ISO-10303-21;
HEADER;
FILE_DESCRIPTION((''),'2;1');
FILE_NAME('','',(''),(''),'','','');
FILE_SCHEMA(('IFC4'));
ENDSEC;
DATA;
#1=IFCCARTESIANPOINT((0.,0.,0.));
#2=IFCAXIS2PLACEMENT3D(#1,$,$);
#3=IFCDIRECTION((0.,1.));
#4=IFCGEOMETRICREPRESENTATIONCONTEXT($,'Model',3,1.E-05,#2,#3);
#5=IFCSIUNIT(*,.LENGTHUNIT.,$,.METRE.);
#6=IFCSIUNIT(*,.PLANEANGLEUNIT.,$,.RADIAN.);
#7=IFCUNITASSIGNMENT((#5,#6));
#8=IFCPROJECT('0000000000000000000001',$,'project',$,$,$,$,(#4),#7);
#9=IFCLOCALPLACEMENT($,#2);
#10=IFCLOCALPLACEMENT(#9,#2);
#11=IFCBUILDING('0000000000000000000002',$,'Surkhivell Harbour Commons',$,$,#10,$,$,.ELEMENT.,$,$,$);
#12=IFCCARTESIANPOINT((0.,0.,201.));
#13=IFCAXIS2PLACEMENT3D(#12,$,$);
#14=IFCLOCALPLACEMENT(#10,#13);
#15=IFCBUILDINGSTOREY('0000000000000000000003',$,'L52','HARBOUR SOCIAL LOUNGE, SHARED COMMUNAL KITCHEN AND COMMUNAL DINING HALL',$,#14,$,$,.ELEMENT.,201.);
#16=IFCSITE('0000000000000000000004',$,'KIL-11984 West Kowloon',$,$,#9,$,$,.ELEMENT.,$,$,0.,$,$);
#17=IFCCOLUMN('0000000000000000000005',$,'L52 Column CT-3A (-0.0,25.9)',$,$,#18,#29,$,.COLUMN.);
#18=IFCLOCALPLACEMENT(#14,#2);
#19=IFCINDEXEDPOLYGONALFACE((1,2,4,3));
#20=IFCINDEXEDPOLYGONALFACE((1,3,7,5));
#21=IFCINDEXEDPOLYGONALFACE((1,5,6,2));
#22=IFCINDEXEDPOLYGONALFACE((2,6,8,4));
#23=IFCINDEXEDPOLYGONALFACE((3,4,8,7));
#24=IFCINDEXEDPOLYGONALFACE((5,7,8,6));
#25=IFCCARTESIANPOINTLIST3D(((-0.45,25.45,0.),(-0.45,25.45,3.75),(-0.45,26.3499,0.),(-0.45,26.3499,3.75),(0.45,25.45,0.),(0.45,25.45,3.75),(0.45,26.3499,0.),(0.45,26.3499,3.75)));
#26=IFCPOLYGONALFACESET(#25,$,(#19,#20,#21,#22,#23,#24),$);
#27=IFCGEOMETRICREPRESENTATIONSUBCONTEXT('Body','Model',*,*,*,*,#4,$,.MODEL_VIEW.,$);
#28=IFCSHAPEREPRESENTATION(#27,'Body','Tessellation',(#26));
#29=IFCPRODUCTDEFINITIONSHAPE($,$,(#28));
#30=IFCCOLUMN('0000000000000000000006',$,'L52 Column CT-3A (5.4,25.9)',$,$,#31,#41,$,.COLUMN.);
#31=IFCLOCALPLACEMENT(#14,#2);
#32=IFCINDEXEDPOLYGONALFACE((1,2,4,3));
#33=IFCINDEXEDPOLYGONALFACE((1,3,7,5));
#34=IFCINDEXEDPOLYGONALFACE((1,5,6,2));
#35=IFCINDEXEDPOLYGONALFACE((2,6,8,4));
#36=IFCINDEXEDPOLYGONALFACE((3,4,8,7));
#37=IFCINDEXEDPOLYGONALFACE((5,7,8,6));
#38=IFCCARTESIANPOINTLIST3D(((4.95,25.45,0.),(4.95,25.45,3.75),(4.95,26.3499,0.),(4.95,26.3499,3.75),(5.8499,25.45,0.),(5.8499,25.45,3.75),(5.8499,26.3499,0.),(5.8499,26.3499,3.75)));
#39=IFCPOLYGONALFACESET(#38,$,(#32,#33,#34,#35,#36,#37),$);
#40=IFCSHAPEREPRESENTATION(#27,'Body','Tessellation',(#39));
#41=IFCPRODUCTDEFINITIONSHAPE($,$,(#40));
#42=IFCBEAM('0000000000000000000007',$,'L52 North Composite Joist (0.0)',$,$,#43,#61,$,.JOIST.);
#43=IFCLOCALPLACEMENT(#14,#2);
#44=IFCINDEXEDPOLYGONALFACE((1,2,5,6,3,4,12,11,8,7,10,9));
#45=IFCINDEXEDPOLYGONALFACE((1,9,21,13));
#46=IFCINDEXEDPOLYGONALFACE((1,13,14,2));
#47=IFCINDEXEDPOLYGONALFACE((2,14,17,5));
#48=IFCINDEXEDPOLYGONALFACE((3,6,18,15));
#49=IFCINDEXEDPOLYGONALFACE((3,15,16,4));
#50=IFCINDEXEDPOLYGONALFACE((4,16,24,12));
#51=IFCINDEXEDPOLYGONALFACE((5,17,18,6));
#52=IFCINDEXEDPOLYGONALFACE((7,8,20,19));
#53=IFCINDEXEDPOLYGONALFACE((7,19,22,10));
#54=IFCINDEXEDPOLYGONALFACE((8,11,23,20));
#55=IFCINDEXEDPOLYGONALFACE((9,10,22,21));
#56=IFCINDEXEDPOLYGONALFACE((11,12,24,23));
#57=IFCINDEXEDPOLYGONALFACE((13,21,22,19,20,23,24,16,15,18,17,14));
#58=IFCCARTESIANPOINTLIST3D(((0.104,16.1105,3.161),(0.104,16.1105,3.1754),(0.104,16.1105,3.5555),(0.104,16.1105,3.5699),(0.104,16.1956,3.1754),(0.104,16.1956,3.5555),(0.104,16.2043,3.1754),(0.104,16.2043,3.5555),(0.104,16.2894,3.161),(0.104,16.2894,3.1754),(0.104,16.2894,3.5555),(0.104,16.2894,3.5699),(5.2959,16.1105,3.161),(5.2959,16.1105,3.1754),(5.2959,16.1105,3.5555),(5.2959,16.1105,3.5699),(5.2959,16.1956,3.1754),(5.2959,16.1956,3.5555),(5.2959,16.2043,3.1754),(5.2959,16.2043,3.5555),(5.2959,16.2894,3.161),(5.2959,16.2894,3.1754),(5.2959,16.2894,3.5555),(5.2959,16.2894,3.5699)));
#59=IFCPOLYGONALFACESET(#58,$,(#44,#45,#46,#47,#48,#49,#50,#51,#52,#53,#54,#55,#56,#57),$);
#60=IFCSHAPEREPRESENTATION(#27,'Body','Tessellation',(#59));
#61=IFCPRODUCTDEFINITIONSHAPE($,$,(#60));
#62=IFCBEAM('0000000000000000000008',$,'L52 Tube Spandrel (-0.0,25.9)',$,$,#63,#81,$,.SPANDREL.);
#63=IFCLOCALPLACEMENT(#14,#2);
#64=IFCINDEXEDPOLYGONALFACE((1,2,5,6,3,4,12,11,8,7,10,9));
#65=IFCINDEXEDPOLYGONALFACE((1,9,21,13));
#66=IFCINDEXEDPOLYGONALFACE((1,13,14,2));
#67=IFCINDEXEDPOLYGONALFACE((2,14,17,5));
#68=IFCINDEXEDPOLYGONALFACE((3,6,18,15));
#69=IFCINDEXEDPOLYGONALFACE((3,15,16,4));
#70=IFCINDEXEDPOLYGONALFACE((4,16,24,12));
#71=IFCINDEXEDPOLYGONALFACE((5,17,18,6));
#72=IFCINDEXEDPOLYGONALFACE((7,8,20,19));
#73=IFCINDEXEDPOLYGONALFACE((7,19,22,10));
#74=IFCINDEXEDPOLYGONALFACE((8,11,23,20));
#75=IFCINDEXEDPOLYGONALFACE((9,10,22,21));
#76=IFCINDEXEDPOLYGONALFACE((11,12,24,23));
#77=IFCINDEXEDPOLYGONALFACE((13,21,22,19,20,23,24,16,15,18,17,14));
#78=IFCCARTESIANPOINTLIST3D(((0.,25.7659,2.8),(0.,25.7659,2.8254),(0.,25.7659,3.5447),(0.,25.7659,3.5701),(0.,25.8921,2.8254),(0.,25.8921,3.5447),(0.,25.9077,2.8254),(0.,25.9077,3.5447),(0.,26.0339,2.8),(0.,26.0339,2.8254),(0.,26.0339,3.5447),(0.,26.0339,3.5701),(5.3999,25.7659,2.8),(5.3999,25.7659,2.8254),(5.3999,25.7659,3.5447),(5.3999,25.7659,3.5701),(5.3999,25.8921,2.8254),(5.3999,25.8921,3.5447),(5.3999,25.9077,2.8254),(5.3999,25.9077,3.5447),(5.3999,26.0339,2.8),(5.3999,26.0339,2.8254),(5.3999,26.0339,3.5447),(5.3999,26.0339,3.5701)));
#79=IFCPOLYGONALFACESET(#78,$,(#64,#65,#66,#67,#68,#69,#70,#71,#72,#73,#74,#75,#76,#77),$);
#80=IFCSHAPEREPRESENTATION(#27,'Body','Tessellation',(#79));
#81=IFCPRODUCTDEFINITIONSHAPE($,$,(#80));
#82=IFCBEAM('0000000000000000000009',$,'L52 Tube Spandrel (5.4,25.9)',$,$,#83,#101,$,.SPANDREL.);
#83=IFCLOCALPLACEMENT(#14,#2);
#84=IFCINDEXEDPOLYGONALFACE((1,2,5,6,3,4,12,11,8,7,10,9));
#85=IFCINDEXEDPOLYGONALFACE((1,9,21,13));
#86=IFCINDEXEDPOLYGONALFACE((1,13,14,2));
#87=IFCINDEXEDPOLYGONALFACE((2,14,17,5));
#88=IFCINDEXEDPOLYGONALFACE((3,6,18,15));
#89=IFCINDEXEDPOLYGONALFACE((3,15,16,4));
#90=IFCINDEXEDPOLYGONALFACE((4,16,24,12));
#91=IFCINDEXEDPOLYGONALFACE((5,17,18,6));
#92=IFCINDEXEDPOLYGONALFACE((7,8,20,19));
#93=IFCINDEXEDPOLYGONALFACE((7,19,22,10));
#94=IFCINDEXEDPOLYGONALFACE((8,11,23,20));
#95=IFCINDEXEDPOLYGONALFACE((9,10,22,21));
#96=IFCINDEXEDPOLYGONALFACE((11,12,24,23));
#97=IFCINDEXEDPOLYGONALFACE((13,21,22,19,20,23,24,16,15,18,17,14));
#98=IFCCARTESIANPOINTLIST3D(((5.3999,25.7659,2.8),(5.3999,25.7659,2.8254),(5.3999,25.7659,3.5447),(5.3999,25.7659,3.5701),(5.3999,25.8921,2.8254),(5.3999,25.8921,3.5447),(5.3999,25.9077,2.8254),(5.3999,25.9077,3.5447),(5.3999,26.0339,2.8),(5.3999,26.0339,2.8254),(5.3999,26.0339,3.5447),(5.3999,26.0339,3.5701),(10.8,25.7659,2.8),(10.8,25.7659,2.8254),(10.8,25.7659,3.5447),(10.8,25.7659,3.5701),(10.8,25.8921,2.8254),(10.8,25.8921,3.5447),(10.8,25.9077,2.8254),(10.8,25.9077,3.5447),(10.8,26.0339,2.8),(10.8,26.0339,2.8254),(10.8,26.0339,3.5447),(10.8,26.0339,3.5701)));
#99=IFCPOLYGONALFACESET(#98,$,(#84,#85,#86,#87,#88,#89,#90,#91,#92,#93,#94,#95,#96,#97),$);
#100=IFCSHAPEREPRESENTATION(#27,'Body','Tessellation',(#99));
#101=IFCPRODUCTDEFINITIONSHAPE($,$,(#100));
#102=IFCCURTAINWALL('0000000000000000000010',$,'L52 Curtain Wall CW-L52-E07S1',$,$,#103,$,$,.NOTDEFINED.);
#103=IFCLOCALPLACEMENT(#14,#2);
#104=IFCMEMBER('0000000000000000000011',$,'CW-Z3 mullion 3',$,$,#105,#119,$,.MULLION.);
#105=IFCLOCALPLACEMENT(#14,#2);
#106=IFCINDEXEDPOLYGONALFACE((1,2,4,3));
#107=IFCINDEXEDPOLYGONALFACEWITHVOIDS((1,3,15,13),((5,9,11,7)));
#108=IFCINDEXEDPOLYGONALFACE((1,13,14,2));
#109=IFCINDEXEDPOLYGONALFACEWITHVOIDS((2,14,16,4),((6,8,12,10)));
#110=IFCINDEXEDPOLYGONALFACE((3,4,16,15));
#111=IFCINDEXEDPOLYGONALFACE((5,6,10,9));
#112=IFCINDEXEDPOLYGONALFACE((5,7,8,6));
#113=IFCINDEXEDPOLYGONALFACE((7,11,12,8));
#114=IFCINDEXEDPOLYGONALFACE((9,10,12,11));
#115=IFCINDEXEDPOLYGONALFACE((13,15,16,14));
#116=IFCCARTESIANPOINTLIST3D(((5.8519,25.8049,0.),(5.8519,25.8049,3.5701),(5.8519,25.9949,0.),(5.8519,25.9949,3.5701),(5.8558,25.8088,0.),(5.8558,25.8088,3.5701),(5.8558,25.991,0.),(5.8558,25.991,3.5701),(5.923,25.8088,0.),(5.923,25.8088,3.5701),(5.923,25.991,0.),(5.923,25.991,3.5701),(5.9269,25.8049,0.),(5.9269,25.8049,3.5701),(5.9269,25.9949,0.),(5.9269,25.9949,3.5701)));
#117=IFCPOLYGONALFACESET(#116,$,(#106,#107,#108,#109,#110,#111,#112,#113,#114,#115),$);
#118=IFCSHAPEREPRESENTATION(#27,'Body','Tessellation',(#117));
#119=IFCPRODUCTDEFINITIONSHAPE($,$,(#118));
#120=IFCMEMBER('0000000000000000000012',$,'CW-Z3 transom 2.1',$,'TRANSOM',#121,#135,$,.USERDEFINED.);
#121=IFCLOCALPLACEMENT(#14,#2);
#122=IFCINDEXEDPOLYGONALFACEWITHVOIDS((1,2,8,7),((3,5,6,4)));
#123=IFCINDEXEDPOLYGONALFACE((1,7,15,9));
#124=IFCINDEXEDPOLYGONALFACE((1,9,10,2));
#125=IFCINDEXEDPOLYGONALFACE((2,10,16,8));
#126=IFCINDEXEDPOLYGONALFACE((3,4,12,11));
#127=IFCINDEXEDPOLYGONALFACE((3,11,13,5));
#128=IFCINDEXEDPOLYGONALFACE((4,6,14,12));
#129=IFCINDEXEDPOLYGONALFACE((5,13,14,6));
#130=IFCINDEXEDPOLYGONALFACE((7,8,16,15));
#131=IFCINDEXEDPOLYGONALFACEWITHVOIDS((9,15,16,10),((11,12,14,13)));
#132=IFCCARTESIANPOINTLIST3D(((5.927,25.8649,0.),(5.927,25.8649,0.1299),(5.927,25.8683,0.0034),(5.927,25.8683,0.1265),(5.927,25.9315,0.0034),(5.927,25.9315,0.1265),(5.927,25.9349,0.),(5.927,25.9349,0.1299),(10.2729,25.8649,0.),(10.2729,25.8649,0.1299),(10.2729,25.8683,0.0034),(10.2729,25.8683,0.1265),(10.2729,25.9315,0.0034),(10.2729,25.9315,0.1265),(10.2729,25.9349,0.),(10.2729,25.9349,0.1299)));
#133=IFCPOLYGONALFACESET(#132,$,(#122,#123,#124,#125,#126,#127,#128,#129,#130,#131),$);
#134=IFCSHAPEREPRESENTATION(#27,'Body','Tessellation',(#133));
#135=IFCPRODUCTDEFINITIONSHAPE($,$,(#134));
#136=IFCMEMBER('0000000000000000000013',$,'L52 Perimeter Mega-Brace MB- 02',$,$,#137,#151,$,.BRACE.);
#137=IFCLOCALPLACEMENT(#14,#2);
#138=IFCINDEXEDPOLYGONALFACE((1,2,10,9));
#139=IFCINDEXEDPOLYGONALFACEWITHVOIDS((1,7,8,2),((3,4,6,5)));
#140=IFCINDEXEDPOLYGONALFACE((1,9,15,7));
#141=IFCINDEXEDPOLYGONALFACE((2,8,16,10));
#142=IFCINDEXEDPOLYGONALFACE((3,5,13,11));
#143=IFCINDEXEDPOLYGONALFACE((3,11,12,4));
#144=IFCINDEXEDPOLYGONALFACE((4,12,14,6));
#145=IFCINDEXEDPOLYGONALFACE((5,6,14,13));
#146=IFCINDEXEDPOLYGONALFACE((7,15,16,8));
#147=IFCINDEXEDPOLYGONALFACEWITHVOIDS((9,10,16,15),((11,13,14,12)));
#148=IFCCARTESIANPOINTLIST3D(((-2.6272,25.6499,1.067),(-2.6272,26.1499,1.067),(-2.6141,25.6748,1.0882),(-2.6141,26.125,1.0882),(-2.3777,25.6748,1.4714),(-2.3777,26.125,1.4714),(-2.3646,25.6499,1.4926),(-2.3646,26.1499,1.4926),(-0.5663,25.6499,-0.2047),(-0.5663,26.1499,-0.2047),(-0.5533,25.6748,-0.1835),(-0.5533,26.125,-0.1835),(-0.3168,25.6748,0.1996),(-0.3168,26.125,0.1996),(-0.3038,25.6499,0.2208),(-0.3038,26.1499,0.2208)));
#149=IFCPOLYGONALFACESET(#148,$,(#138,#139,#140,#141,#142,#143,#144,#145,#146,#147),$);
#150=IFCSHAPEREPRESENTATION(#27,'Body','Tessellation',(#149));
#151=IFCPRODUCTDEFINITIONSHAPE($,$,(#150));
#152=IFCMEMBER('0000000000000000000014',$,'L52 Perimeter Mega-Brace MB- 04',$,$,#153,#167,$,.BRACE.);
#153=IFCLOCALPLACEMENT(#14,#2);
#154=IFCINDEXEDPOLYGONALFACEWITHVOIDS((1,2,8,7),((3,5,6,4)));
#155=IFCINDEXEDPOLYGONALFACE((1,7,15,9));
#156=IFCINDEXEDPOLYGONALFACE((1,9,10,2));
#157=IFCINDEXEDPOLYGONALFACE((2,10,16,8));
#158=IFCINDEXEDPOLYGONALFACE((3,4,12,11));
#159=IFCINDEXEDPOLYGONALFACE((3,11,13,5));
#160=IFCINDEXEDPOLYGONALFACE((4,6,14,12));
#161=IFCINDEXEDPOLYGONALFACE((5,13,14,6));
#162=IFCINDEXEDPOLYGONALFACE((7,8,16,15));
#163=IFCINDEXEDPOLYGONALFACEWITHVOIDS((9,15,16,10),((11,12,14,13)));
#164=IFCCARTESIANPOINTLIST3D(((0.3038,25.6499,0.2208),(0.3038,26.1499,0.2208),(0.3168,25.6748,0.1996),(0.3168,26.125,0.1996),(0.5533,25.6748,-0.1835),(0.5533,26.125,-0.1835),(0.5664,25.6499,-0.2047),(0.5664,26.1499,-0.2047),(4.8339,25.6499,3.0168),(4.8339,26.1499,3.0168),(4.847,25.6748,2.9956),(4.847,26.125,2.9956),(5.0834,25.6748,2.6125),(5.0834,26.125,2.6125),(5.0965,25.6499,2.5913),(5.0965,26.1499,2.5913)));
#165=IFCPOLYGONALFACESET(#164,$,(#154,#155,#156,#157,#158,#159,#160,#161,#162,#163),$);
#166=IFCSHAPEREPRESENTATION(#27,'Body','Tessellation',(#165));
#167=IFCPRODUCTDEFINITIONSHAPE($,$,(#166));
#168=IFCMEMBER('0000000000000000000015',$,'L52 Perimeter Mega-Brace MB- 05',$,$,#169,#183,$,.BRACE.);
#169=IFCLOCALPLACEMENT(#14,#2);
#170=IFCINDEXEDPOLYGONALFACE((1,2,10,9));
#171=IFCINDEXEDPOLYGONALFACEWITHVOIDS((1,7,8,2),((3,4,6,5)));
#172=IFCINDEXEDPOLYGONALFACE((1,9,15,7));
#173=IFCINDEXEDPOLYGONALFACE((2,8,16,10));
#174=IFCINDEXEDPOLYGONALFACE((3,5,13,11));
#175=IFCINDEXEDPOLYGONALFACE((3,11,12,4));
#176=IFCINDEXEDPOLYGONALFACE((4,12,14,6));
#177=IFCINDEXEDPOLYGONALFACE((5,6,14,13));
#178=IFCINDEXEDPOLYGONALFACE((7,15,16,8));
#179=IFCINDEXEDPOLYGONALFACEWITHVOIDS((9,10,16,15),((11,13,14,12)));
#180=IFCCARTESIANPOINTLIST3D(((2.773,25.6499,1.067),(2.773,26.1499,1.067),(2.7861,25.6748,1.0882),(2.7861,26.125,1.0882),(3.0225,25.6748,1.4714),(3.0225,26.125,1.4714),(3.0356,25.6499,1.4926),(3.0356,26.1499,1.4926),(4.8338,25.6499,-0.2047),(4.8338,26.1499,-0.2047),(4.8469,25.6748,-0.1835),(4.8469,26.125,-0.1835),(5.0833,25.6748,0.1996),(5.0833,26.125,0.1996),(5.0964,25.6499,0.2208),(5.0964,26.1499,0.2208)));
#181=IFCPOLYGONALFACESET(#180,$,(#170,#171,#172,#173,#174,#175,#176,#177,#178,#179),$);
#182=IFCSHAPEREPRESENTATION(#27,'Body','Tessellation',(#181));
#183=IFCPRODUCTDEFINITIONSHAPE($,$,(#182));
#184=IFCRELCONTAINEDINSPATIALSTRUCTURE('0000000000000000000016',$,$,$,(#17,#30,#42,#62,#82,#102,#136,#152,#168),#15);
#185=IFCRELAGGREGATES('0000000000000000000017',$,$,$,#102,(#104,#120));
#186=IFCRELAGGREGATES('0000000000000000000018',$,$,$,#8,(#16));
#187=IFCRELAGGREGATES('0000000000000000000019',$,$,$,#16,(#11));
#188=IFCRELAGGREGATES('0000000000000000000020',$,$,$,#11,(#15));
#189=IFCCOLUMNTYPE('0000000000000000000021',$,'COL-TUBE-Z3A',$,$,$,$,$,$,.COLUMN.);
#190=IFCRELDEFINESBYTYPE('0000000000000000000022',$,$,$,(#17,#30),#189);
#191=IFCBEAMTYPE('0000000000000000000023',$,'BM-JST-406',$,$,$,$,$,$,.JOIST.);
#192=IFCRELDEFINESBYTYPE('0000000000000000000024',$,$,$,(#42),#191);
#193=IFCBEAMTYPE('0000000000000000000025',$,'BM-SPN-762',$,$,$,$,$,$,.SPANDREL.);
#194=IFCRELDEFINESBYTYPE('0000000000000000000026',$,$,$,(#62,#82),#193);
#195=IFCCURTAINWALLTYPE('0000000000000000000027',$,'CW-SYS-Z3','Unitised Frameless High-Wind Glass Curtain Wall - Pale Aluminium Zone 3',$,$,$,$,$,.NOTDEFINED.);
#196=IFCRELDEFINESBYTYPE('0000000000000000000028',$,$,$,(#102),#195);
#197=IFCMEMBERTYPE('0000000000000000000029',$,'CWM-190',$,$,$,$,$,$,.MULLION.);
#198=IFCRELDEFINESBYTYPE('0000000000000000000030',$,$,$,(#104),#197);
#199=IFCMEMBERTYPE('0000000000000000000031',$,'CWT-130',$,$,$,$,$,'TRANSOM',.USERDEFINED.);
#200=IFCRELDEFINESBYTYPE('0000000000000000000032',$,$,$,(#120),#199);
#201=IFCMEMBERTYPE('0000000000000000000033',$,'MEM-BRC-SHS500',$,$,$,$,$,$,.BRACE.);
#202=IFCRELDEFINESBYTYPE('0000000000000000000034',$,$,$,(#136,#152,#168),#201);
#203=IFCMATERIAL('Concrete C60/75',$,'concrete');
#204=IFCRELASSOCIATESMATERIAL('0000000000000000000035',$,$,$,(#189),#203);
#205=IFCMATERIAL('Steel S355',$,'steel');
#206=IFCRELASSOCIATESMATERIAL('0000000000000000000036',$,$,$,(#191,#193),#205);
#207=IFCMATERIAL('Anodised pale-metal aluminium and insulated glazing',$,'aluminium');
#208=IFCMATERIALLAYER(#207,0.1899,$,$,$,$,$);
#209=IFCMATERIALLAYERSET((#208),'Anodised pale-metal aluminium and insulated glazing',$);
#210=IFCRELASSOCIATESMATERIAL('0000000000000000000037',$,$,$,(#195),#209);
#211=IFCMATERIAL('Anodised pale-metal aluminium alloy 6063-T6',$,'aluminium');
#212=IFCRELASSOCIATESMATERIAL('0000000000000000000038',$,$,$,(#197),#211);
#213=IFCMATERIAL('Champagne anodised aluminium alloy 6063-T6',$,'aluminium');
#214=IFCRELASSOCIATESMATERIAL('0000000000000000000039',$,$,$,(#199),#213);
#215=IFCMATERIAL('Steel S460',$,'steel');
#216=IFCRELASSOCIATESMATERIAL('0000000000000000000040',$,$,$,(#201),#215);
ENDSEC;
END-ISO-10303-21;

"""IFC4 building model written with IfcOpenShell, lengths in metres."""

from ifc_helpers import new_model, si_unit, direction, frame, origin, origin_2d, place, context, subcontext, project, spatial, rectangle, hollow_rectangle, i_section, extrude, material, layer, layer_set, material_profile, profile_set, type_object, element, aggregate, save


model = new_model("IFC4")

# Units and contexts
model_context = context("Model", 3, precision=1e-05, world=origin(), true_north=direction((0.0, 1.0)))
body_context = subcontext(model_context, "Body", "Model", "MODEL_VIEW")
ifc_project = project(units=[si_unit("LENGTHUNIT", "METRE"), si_unit("PLANEANGLEUNIT", "RADIAN")], contexts=[model_context])

# Site, building, storey
site_placement = place(None, origin())
site = spatial("IfcSite", under=ifc_project, at=site_placement, Name="KIL-11984 West Kowloon", CompositionType="ELEMENT", RefElevation=0.0)
building_placement = place(site_placement, origin())
building = spatial("IfcBuilding", under=site, at=building_placement, Name="Surkhivell Harbour Commons", CompositionType="ELEMENT")
storey_placement = place(building_placement, frame((0.0, 0.0, 201.0)))
storey = spatial("IfcBuildingStorey", under=building, at=storey_placement, Name="L52", Description="HARBOUR SOCIAL LOUNGE, SHARED COMMUNAL KITCHEN AND COMMUNAL DINING HALL", CompositionType="ELEMENT", Elevation=201.0)

# Columns
ifc_material_1 = material(Name="Concrete C60/75", Category="concrete")
ifc_material_profile_1 = material_profile(ifc_material_1, rectangle(XDim=0.8999, YDim=0.8999, at=origin_2d()), Name="RC-COL-900x900")
ifc_profile_set_1 = profile_set([ifc_material_profile_1], Name="Concrete C60/75")
column_type = type_object("IfcColumnType", Name="COL-TUBE-Z3A", PredefinedType="COLUMN", material=ifc_profile_set_1)
for number, where, z_axis, x_axis, name in (
    (1, (0.0, 25.8999, 0.0), (0.0, 0.0, 1.0), (1.0, 0.0, 0.0), "L52 Column CT-3A (-0.0,25.9)"),
    (2, (5.3999, 25.8999, 0.0), (0.0, 0.0, 1.0), (1.0, 0.0, 0.0), "L52 Column CT-3A (5.4,25.9)"),
):
    element("IfcColumn", number, at=place(storey_placement, frame(where, z_axis=z_axis, x_axis=x_axis)), inside=storey, type_object=column_type, Name=name, PredefinedType="COLUMN", context=body_context, shape_type="SweptSolid", body=[
        extrude(rectangle(XDim=0.8999, YDim=0.8999, at=origin_2d()), origin(), (0.0, 0.0, 1.0), 3.75),
    ])

# Beams
ifc_material_2 = material(Name="Steel S355", Category="steel")
ifc_material_profile_2 = material_profile(ifc_material_2, i_section(OverallWidth=0.179, OverallDepth=0.4089, WebThickness=0.0088, FlangeThickness=0.0144, at=origin_2d()), Name="UB406x178x67")
ifc_profile_set_2 = profile_set([ifc_material_profile_2], Name="Steel S355")
beam_type_1 = type_object("IfcBeamType", Name="BM-JST-406", PredefinedType="JOIST", material=ifc_profile_set_2)
beam_1_placement = place(storey_placement, frame((0.104, 16.2, 3.3655), z_axis=(1.0, 0.0, 0.0), x_axis=(0.0, 1.0, 0.0)))
element("IfcBeam", 3, at=beam_1_placement, inside=storey, type_object=beam_type_1, Name="L52 North Composite Joist (0.0)", PredefinedType="JOIST", context=body_context, shape_type="SweptSolid", body=[
    extrude(i_section(OverallWidth=0.179, OverallDepth=0.4089, WebThickness=0.0088, FlangeThickness=0.0144, at=origin_2d()), origin(), (0.0, 0.0, 1.0), 5.1919),
])
ifc_material_profile_3 = material_profile(ifc_material_2, i_section(OverallWidth=0.2681, OverallDepth=0.77, WebThickness=0.0156, FlangeThickness=0.0254, at=origin_2d()), Name="UB762x267x197")
ifc_profile_set_3 = profile_set([ifc_material_profile_3], Name="Steel S355")
beam_type_2 = type_object("IfcBeamType", Name="BM-SPN-762", PredefinedType="SPANDREL", material=ifc_profile_set_3)
beam_2_placement = place(storey_placement, frame((0.0, 25.8999, 3.1851), z_axis=(1.0, 0.0, 0.0), x_axis=(0.0, 1.0, 0.0)))
element("IfcBeam", 4, at=beam_2_placement, inside=storey, type_object=beam_type_2, Name="L52 Tube Spandrel (-0.0,25.9)", PredefinedType="SPANDREL", context=body_context, shape_type="SweptSolid", body=[
    extrude(i_section(OverallWidth=0.2681, OverallDepth=0.77, WebThickness=0.0156, FlangeThickness=0.0254, at=origin_2d()), origin(), (0.0, 0.0, 1.0), 5.3999),
])
beam_3_placement = place(storey_placement, frame((5.3999, 25.8999, 3.1851), z_axis=(1.0, 0.0, 0.0), x_axis=(0.0, 1.0, 0.0)))
element("IfcBeam", 5, at=beam_3_placement, inside=storey, type_object=beam_type_2, Name="L52 Tube Spandrel (5.4,25.9)", PredefinedType="SPANDREL", context=body_context, shape_type="SweptSolid", body=[
    extrude(i_section(OverallWidth=0.2681, OverallDepth=0.77, WebThickness=0.0156, FlangeThickness=0.0254, at=origin_2d()), origin(), (0.0, 0.0, 1.0), 5.4001),
])

# Curtain wall, members
ifc_material_3 = material(Name="Anodised pale-metal aluminium and insulated glazing", Category="aluminium")
ifc_layer_1 = layer(ifc_material_3, 0.1899)
ifc_layer_set_1 = layer_set([ifc_layer_1], Name="Anodised pale-metal aluminium and insulated glazing")
curtain_wall_type = type_object("IfcCurtainWallType", Name="CW-SYS-Z3", Description="Unitised Frameless High-Wind Glass Curtain Wall - Pale Aluminium Zone 3", PredefinedType="NOTDEFINED", material=ifc_layer_set_1)
curtain_wall_placement = place(storey_placement, origin())
curtain_wall = element("IfcCurtainWall", 6, at=curtain_wall_placement, inside=storey, type_object=curtain_wall_type, Name="L52 Curtain Wall CW-L52-E07S1", PredefinedType="NOTDEFINED")
ifc_material_4 = material(Name="Anodised pale-metal aluminium alloy 6063-T6", Category="aluminium")
ifc_material_profile_4 = material_profile(ifc_material_4, hollow_rectangle(XDim=0.075, YDim=0.1899, WallThickness=0.0039, at=origin_2d()), Name="ALU-MULL-75x190")
ifc_profile_set_4 = profile_set([ifc_material_profile_4], Name="Anodised pale-metal aluminium alloy 6063-T6")
member_type_1 = type_object("IfcMemberType", Name="CWM-190", PredefinedType="MULLION", material=ifc_profile_set_4)
member_1_placement = place(storey_placement, frame((5.8894, 25.8999, 0.0), z_axis=(0.0, 0.0, 1.0), x_axis=(-1.0, 0.0, 0.0)))
member_1 = element("IfcMember", 7, at=member_1_placement, type_object=member_type_1, Name="CW-Z3 mullion 3", PredefinedType="MULLION", context=body_context, shape_type="SweptSolid", body=[
    extrude(hollow_rectangle(XDim=0.075, YDim=0.1899, WallThickness=0.0039, at=origin_2d()), origin(), (0.0, 0.0, 1.0), 3.5701),
])
ifc_material_5 = material(Name="Champagne anodised aluminium alloy 6063-T6", Category="aluminium")
ifc_material_profile_5 = material_profile(ifc_material_5, hollow_rectangle(XDim=0.0701, YDim=0.1299, WallThickness=0.0034, at=origin_2d()), Name="ALU-TRAN-70x130")
ifc_profile_set_5 = profile_set([ifc_material_profile_5], Name="Champagne anodised aluminium alloy 6063-T6")
member_type_2 = type_object("IfcMemberType", Name="CWT-130", ElementType="TRANSOM", PredefinedType="USERDEFINED", material=ifc_profile_set_5)
member_2_placement = place(storey_placement, frame((10.2729, 25.8999, 0.0649), z_axis=(-1.0, 0.0, 0.0), x_axis=(0.0, -1.0, 0.0)))
member_2 = element("IfcMember", 8, at=member_2_placement, type_object=member_type_2, Name="CW-Z3 transom 2.1", ObjectType="TRANSOM", PredefinedType="USERDEFINED", context=body_context, shape_type="SweptSolid", body=[
    extrude(hollow_rectangle(XDim=0.0701, YDim=0.1299, WallThickness=0.0034, at=origin_2d()), origin(), (0.0, 0.0, 1.0), 4.3459),
])

# Members
ifc_material_6 = material(Name="Steel S460", Category="steel")
ifc_material_profile_6 = material_profile(ifc_material_6, hollow_rectangle(XDim=0.5, YDim=0.5, WallThickness=0.0249, at=origin_2d()), Name="SHS500x500x25")
ifc_profile_set_6 = profile_set([ifc_material_profile_6], Name="Steel S460")
member_type_3 = type_object("IfcMemberType", Name="MEM-BRC-SHS500", PredefinedType="BRACE", material=ifc_profile_set_6)
member_3_placement = place(storey_placement, frame((-0.4351, 25.8999, 0.0081), z_axis=(-0.851003, 0.0, 0.52516), x_axis=(0.0, -1.0, 0.0)))
element("IfcMember", 9, at=member_3_placement, inside=storey, type_object=member_type_3, Name="L52 Perimeter Mega-Brace MB- 02", PredefinedType="BRACE", context=body_context, shape_type="SweptSolid", body=[
    extrude(hollow_rectangle(XDim=0.5, YDim=0.5, WallThickness=0.0249, at=origin_2d()), origin(), (0.0, 0.0, 1.0), 2.4216),
])
member_4_placement = place(storey_placement, frame((0.4351, 25.8999, 0.0081), z_axis=(0.850971, 0.0, 0.525213), x_axis=(0.0, 1.0, 0.0)))
element("IfcMember", 10, at=member_4_placement, inside=storey, type_object=member_type_3, Name="L52 Perimeter Mega-Brace MB- 04", PredefinedType="BRACE", context=body_context, shape_type="SweptSolid", body=[
    extrude(hollow_rectangle(XDim=0.5, YDim=0.5, WallThickness=0.0249, at=origin_2d()), origin(), (0.0, 0.0, 1.0), 5.3235),
])
for number, where, z_axis, x_axis, name in (
    (11, (4.9651, 25.8999, 0.0081), (-0.851003, 0.0, 0.52516), (0.0, -1.0, 0.0), "L52 Perimeter Mega-Brace MB- 05"),
):
    element("IfcMember", number, at=place(storey_placement, frame(where, z_axis=z_axis, x_axis=x_axis)), inside=storey, type_object=member_type_3, Name=name, PredefinedType="BRACE", context=body_context, shape_type="SweptSolid", body=[
        extrude(hollow_rectangle(XDim=0.5, YDim=0.5, WallThickness=0.0249, at=origin_2d()), origin(), (0.0, 0.0, 1.0), 2.4216),
    ])

aggregate(curtain_wall, [member_1, member_2])

save(model, "model.ifc")
